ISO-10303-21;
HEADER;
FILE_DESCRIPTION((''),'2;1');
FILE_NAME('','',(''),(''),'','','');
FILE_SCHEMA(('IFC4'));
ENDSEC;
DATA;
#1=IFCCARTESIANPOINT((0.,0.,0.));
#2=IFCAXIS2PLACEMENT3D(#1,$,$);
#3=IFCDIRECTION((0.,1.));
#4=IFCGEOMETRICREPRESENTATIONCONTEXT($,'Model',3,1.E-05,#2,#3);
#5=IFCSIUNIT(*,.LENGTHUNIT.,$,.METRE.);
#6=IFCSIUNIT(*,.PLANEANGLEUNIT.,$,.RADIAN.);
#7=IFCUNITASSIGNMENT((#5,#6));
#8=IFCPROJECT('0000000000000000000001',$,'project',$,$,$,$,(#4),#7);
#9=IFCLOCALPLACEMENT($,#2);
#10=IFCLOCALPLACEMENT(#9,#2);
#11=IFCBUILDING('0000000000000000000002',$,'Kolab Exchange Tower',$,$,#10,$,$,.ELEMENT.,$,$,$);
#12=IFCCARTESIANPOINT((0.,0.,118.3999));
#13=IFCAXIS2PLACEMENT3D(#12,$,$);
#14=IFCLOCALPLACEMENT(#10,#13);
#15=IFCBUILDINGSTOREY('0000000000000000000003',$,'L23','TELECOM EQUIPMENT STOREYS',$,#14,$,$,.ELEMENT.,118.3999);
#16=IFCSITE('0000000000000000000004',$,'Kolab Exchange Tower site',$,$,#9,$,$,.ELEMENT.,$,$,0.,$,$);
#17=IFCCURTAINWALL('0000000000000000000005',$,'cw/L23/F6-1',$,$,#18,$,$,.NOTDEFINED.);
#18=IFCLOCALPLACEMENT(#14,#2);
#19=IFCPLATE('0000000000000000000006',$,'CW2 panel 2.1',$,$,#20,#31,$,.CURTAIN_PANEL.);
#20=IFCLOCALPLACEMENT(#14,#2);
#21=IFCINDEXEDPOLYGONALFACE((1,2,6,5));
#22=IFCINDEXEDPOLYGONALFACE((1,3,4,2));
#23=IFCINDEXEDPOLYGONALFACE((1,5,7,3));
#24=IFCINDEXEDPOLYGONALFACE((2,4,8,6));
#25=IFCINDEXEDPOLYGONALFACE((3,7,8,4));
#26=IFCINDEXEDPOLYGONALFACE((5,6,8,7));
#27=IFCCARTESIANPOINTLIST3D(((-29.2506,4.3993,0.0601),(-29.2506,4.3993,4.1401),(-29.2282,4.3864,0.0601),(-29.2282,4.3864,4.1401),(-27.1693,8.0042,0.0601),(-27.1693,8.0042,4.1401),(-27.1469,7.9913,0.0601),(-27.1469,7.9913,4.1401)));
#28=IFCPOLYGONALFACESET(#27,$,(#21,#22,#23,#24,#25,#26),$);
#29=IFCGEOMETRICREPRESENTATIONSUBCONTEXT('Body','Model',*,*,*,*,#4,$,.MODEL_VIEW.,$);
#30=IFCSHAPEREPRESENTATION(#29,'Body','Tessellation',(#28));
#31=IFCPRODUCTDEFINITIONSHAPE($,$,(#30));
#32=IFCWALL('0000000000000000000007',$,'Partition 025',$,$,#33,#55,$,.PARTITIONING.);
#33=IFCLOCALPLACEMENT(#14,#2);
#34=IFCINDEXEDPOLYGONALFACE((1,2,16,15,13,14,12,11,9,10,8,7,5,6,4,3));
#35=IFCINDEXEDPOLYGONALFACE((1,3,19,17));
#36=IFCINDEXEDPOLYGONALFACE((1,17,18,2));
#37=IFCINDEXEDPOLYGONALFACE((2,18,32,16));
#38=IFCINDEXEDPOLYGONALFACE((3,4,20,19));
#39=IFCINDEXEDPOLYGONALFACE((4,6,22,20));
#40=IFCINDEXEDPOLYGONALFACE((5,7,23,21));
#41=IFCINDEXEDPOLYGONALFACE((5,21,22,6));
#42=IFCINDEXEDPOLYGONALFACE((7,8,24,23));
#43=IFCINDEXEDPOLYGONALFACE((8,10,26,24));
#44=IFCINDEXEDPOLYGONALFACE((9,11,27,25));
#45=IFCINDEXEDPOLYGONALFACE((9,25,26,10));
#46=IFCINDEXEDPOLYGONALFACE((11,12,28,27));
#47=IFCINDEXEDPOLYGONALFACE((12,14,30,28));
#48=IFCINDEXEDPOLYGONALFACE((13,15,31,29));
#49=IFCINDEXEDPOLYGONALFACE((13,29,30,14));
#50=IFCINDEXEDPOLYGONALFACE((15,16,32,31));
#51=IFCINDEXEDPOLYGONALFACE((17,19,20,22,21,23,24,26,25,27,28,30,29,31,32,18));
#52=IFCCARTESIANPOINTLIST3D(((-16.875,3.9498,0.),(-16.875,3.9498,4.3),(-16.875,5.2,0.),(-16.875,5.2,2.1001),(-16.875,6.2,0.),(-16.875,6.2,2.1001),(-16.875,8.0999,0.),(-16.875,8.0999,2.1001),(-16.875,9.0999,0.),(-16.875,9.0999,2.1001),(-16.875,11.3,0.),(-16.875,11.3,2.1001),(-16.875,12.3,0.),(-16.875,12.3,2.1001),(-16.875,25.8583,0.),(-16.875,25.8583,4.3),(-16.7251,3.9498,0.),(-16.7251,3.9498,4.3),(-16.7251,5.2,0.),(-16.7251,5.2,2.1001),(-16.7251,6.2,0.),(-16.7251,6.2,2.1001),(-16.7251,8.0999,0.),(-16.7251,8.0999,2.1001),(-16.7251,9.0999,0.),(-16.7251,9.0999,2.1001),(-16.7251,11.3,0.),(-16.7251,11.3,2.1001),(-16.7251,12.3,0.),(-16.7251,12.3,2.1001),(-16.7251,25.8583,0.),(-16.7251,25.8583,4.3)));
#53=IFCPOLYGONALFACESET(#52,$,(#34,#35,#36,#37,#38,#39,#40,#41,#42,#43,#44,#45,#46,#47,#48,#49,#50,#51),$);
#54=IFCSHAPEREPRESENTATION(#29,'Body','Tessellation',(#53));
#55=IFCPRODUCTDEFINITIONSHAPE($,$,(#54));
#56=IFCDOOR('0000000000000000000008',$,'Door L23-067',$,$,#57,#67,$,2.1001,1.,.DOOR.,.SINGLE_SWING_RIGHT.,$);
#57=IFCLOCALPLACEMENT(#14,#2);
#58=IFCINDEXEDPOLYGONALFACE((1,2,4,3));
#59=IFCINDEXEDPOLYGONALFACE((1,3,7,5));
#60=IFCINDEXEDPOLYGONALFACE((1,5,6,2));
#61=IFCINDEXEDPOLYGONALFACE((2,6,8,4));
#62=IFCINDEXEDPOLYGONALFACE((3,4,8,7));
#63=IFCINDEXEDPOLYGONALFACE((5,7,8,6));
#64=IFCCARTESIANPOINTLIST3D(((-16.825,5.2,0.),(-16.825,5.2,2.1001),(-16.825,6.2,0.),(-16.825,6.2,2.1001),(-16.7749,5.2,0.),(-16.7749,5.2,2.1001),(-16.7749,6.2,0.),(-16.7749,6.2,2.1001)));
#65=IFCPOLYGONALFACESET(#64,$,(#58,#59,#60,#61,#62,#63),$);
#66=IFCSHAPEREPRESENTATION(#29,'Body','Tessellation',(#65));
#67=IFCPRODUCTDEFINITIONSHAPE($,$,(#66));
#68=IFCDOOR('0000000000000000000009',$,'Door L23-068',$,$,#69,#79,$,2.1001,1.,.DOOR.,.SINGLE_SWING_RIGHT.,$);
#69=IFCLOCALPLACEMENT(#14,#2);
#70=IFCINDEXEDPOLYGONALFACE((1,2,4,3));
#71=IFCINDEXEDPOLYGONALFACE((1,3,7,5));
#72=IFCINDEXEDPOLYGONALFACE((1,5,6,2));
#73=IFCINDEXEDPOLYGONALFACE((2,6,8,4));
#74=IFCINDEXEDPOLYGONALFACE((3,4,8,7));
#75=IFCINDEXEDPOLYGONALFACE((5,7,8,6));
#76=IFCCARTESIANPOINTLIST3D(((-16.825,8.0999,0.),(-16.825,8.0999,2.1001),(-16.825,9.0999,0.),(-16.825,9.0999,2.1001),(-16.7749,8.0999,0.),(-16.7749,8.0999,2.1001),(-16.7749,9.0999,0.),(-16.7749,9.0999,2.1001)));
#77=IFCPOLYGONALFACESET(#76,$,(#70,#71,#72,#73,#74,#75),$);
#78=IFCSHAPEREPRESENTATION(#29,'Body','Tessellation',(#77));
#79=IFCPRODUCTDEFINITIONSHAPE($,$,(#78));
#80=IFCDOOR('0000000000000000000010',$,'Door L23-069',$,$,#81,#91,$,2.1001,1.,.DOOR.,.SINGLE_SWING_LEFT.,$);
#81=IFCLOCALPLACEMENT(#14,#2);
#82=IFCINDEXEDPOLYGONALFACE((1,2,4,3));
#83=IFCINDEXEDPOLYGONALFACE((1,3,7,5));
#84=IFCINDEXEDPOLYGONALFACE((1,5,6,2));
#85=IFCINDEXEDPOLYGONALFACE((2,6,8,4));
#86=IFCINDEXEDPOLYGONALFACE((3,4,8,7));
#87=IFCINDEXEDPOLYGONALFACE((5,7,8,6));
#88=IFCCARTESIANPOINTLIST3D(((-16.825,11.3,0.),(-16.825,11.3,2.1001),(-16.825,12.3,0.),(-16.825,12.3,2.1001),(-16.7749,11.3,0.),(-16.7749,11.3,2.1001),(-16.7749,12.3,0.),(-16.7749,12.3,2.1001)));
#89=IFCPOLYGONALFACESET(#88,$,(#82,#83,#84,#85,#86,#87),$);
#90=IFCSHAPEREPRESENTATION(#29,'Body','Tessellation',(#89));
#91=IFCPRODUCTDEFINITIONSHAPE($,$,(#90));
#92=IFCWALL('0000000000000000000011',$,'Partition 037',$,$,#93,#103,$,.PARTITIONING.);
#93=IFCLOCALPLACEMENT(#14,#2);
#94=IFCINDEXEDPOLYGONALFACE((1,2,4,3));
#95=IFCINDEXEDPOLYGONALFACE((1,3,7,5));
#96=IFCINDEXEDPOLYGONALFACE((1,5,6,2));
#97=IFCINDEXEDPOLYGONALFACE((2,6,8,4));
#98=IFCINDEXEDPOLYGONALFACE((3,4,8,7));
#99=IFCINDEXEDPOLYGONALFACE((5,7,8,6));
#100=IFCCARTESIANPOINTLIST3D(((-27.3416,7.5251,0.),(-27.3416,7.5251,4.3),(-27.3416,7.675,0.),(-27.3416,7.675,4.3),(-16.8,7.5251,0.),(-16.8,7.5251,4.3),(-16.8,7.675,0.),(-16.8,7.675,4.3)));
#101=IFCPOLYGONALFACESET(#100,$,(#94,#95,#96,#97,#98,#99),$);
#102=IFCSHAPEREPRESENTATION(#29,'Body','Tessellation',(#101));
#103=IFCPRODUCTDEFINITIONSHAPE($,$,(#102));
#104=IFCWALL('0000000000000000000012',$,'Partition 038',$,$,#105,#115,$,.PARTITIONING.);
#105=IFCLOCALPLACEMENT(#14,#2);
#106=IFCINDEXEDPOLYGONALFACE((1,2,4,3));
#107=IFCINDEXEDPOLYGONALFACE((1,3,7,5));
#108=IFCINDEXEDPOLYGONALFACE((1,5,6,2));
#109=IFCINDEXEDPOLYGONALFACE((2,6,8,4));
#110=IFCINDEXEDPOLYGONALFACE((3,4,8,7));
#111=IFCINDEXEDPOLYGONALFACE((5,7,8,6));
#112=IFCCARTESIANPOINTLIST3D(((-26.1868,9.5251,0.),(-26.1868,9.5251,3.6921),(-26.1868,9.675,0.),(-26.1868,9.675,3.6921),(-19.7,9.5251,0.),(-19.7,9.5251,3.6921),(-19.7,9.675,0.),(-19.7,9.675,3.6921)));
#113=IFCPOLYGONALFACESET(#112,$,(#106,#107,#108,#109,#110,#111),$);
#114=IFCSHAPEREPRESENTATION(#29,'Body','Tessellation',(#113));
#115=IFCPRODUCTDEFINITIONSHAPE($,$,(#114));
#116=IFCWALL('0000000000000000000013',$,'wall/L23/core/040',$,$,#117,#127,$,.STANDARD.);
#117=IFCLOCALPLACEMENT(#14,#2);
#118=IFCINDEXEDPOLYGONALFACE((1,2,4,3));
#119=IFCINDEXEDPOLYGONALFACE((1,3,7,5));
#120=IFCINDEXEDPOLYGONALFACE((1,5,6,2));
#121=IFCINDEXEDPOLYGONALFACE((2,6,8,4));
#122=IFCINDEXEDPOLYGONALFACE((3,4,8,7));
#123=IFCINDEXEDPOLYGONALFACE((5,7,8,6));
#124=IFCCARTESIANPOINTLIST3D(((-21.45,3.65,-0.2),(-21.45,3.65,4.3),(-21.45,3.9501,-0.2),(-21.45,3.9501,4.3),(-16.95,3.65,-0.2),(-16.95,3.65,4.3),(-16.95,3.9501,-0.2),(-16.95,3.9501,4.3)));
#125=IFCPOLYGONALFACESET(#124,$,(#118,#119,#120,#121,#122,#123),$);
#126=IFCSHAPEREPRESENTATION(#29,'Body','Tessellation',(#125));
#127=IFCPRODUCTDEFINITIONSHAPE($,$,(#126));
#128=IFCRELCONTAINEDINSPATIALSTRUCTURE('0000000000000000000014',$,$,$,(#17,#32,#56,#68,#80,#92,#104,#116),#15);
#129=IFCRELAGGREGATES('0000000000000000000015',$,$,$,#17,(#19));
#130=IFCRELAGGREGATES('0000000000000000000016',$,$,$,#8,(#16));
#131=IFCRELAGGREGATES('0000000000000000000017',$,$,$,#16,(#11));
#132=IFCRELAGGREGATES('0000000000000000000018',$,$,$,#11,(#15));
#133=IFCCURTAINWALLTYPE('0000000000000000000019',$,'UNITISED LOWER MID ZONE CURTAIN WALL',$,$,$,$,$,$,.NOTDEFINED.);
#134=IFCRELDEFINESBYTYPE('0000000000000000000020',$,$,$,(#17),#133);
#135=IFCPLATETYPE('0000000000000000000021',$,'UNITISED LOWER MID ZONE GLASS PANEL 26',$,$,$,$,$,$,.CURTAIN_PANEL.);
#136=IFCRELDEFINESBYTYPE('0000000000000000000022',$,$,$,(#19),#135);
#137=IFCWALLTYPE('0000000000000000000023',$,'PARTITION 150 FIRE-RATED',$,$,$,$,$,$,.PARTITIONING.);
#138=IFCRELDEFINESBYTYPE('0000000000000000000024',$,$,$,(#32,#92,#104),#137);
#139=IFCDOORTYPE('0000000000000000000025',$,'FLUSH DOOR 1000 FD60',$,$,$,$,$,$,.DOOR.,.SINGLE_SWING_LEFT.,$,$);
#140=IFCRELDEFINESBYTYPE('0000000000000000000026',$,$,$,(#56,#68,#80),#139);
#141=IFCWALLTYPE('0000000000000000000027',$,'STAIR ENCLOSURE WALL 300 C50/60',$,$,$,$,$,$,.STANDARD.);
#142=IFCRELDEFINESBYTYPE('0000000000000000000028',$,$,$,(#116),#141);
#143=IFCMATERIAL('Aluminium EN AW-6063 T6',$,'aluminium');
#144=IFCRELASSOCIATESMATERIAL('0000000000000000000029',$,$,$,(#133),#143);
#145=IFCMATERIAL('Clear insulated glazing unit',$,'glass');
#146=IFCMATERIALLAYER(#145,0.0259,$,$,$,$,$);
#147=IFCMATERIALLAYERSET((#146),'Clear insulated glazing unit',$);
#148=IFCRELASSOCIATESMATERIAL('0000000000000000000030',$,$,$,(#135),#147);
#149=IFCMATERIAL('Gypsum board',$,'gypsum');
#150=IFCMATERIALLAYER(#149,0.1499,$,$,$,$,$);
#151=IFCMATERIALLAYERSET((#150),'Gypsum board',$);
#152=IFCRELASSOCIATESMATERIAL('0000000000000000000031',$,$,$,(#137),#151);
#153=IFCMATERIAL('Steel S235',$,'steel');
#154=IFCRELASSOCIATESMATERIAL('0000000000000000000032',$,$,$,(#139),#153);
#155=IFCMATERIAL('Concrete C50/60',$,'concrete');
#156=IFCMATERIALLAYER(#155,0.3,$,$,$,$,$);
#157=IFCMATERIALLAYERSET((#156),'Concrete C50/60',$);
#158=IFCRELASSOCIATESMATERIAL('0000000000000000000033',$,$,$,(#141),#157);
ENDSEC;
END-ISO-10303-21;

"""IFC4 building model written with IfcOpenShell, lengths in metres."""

from ifc_helpers import new_model, si_unit, direction, frame, frame_2d, origin, origin_2d, place, context, subcontext, project, spatial, rectangle, extrude, material, layer, layer_set, type_object, element, fill, aggregate, save


model = new_model("IFC4")

# Units and contexts
model_context = context("Model", 3, precision=1e-05, world=origin(), true_north=direction((0.0, 1.0)))
body_context = subcontext(model_context, "Body", "Model", "MODEL_VIEW")
ifc_project = project(units=[si_unit("LENGTHUNIT", "METRE"), si_unit("PLANEANGLEUNIT", "RADIAN")], contexts=[model_context])

# Site, building, storey
site_placement = place(None, origin())
site = spatial("IfcSite", under=ifc_project, at=site_placement, Name="Kolab Exchange Tower site", CompositionType="ELEMENT", RefElevation=0.0)
building_placement = place(site_placement, origin())
building = spatial("IfcBuilding", under=site, at=building_placement, Name="Kolab Exchange Tower", CompositionType="ELEMENT")
storey_placement = place(building_placement, frame((0.0, 0.0, 118.3999)))
storey = spatial("IfcBuildingStorey", under=building, at=storey_placement, Name="L23", Description="TELECOM EQUIPMENT STOREYS", CompositionType="ELEMENT", Elevation=118.3999)

# Curtain wall, plate
ifc_material_1 = material(Name="Aluminium EN AW-6063 T6", Category="aluminium")
curtain_wall_type = type_object("IfcCurtainWallType", Name="UNITISED LOWER MID ZONE CURTAIN WALL", PredefinedType="NOTDEFINED", material=ifc_material_1)
curtain_wall_placement = place(storey_placement, origin())
curtain_wall = element("IfcCurtainWall", 1, at=curtain_wall_placement, inside=storey, type_object=curtain_wall_type, Name="cw/L23/F6-1", PredefinedType="NOTDEFINED")
ifc_material_2 = material(Name="Clear insulated glazing unit", Category="glass")
ifc_layer_1 = layer(ifc_material_2, 0.0259)
ifc_layer_set_1 = layer_set([ifc_layer_1], Name="Clear insulated glazing unit")
plate_type = type_object("IfcPlateType", Name="UNITISED LOWER MID ZONE GLASS PANEL 26", PredefinedType="CURTAIN_PANEL", material=ifc_layer_set_1)
plate_placement = place(storey_placement, frame((-28.1987, 6.1953, 0.0601), z_axis=(0.0, 0.0, 1.0), x_axis=(0.5, 0.866025, 0.0)))
plate = element("IfcPlate", 2, at=plate_placement, type_object=plate_type, Name="CW2 panel 2.1", PredefinedType="CURTAIN_PANEL", context=body_context, shape_type="SweptSolid", body=[
    extrude(rectangle(XDim=4.1626, YDim=0.0259, at=origin_2d()), origin(), (0.0, 0.0, 1.0), 4.0801),
])
aggregate(curtain_wall, [plate])

# Wall, openings, doors
ifc_material_3 = material(Name="Gypsum board", Category="gypsum")
ifc_layer_2 = layer(ifc_material_3, 0.1499)
ifc_layer_set_2 = layer_set([ifc_layer_2], Name="Gypsum board")
wall_type_1 = type_object("IfcWallType", Name="PARTITION 150 FIRE-RATED", PredefinedType="PARTITIONING", material=ifc_layer_set_2)
wall_1_placement = place(storey_placement, frame((-16.8, 3.95, 0.0), z_axis=(0.0, 0.0, 1.0), x_axis=(0.0, 1.0, 0.0)))
wall_1 = element("IfcWall", 3, at=wall_1_placement, inside=storey, type_object=wall_type_1, Name="Partition 025", PredefinedType="PARTITIONING", context=body_context, shape_type="SweptSolid", body=[
    extrude(rectangle(XDim=21.9084, YDim=0.1499, at=frame_2d((10.9541, 0.0))), origin(), (0.0, 0.0, 1.0), 4.3),
])
opening_1_placement = place(wall_1_placement, frame((1.25, 0.0, 0.0)))
opening_1 = element("IfcOpeningElement", 4, at=opening_1_placement, cuts=wall_1, PredefinedType="OPENING", context=body_context, shape_type="SweptSolid", body=[
    extrude(rectangle(XDim=1.0, YDim=2.1001, at=frame_2d((0.5, 1.05))), frame((0.0, 0.085, 0.0), z_axis=(0.0, -1.0, 0.0), x_axis=(1.0, 0.0, 0.0)), (0.0, 0.0, 1.0), 0.1699),
])
opening_2_placement = place(wall_1_placement, frame((4.1499, 0.0, 0.0)))
opening_2 = element("IfcOpeningElement", 5, at=opening_2_placement, cuts=wall_1, PredefinedType="OPENING", context=body_context, shape_type="SweptSolid", body=[
    extrude(rectangle(XDim=1.0, YDim=2.1001, at=frame_2d((0.5, 1.05))), frame((0.0, 0.085, 0.0), z_axis=(0.0, -1.0, 0.0), x_axis=(1.0, 0.0, 0.0)), (0.0, 0.0, 1.0), 0.1699),
])
opening_3_placement = place(wall_1_placement, frame((7.3501, 0.0, 0.0)))
opening_3 = element("IfcOpeningElement", 6, at=opening_3_placement, cuts=wall_1, PredefinedType="OPENING", context=body_context, shape_type="SweptSolid", body=[
    extrude(rectangle(XDim=1.0, YDim=2.1001, at=frame_2d((0.5, 1.05))), frame((0.0, 0.085, 0.0), z_axis=(0.0, -1.0, 0.0), x_axis=(1.0, 0.0, 0.0)), (0.0, 0.0, 1.0), 0.1699),
])
ifc_material_4 = material(Name="Steel S235", Category="steel")
door_type = type_object("IfcDoorType", Name="FLUSH DOOR 1000 FD60", OperationType="SINGLE_SWING_LEFT", PredefinedType="DOOR", material=ifc_material_4)
door_1_placement = place(opening_1_placement, origin())
door_1 = element("IfcDoor", 7, at=door_1_placement, inside=storey, type_object=door_type, Name="Door L23-067", OperationType="SINGLE_SWING_RIGHT", OverallHeight=2.1001, OverallWidth=1.0, PredefinedType="DOOR", context=body_context, shape_type="SweptSolid", body=[
    extrude(rectangle(XDim=1.0, YDim=2.1001, at=frame_2d((0.5, 1.05))), frame((0.0, 0.0249, 0.0), z_axis=(0.0, -1.0, 0.0), x_axis=(1.0, 0.0, 0.0)), (0.0, 0.0, 1.0), 0.05),
])
fill(opening_1, door_1)
door_2_placement = place(opening_2_placement, origin())
door_2 = element("IfcDoor", 8, at=door_2_placement, inside=storey, type_object=door_type, Name="Door L23-068", OperationType="SINGLE_SWING_RIGHT", OverallHeight=2.1001, OverallWidth=1.0, PredefinedType="DOOR", context=body_context, shape_type="SweptSolid", body=[
    extrude(rectangle(XDim=1.0, YDim=2.1001, at=frame_2d((0.5, 1.05))), frame((0.0, 0.0249, 0.0), z_axis=(0.0, -1.0, 0.0), x_axis=(1.0, 0.0, 0.0)), (0.0, 0.0, 1.0), 0.05),
])
fill(opening_2, door_2)
door_3_placement = place(opening_3_placement, origin())
door_3 = element("IfcDoor", 9, at=door_3_placement, inside=storey, type_object=door_type, Name="Door L23-069", OperationType="SINGLE_SWING_LEFT", OverallHeight=2.1001, OverallWidth=1.0, PredefinedType="DOOR", context=body_context, shape_type="SweptSolid", body=[
    extrude(rectangle(XDim=1.0, YDim=2.1001, at=frame_2d((0.5, 1.05))), frame((0.0, 0.0249, 0.0), z_axis=(0.0, -1.0, 0.0), x_axis=(1.0, 0.0, 0.0)), (0.0, 0.0, 1.0), 0.05),
])
fill(opening_3, door_3)

# Walls
wall_2_placement = place(storey_placement, frame((-27.3416, 7.6001, 0.0), z_axis=(0.0, 0.0, 1.0), x_axis=(1.0, 0.0, 0.0)))
element("IfcWall", 10, at=wall_2_placement, inside=storey, type_object=wall_type_1, Name="Partition 037", PredefinedType="PARTITIONING", context=body_context, shape_type="SweptSolid", body=[
    extrude(rectangle(XDim=10.5415, YDim=0.1499, at=frame_2d((5.2708, 0.0))), origin(), (0.0, 0.0, 1.0), 4.3),
])
wall_3_placement = place(storey_placement, frame((-26.1868, 9.6001, 0.0), z_axis=(0.0, 0.0, 1.0), x_axis=(1.0, 0.0, 0.0)))
element("IfcWall", 11, at=wall_3_placement, inside=storey, type_object=wall_type_1, Name="Partition 038", PredefinedType="PARTITIONING", context=body_context, shape_type="SweptSolid", body=[
    extrude(rectangle(XDim=6.4868, YDim=0.1499, at=frame_2d((3.2434, 0.0))), origin(), (0.0, 0.0, 1.0), 3.6921),
])
ifc_material_5 = material(Name="Concrete C50/60", Category="concrete")
ifc_layer_3 = layer(ifc_material_5, 0.3)
ifc_layer_set_3 = layer_set([ifc_layer_3], Name="Concrete C50/60")
wall_type_2 = type_object("IfcWallType", Name="STAIR ENCLOSURE WALL 300 C50/60", PredefinedType="STANDARD", material=ifc_layer_set_3)
wall_4_placement = place(storey_placement, frame((-21.45, 3.8, -0.2), z_axis=(0.0, 0.0, 1.0), x_axis=(1.0, 0.0, 0.0)))
element("IfcWall", 12, at=wall_4_placement, inside=storey, type_object=wall_type_2, Name="wall/L23/core/040", PredefinedType="STANDARD", context=body_context, shape_type="SweptSolid", body=[
    extrude(rectangle(XDim=4.5, YDim=0.3, at=frame_2d((2.25, 0.0))), origin(), (0.0, 0.0, 1.0), 4.5),
])

save(model, "model.ifc")
